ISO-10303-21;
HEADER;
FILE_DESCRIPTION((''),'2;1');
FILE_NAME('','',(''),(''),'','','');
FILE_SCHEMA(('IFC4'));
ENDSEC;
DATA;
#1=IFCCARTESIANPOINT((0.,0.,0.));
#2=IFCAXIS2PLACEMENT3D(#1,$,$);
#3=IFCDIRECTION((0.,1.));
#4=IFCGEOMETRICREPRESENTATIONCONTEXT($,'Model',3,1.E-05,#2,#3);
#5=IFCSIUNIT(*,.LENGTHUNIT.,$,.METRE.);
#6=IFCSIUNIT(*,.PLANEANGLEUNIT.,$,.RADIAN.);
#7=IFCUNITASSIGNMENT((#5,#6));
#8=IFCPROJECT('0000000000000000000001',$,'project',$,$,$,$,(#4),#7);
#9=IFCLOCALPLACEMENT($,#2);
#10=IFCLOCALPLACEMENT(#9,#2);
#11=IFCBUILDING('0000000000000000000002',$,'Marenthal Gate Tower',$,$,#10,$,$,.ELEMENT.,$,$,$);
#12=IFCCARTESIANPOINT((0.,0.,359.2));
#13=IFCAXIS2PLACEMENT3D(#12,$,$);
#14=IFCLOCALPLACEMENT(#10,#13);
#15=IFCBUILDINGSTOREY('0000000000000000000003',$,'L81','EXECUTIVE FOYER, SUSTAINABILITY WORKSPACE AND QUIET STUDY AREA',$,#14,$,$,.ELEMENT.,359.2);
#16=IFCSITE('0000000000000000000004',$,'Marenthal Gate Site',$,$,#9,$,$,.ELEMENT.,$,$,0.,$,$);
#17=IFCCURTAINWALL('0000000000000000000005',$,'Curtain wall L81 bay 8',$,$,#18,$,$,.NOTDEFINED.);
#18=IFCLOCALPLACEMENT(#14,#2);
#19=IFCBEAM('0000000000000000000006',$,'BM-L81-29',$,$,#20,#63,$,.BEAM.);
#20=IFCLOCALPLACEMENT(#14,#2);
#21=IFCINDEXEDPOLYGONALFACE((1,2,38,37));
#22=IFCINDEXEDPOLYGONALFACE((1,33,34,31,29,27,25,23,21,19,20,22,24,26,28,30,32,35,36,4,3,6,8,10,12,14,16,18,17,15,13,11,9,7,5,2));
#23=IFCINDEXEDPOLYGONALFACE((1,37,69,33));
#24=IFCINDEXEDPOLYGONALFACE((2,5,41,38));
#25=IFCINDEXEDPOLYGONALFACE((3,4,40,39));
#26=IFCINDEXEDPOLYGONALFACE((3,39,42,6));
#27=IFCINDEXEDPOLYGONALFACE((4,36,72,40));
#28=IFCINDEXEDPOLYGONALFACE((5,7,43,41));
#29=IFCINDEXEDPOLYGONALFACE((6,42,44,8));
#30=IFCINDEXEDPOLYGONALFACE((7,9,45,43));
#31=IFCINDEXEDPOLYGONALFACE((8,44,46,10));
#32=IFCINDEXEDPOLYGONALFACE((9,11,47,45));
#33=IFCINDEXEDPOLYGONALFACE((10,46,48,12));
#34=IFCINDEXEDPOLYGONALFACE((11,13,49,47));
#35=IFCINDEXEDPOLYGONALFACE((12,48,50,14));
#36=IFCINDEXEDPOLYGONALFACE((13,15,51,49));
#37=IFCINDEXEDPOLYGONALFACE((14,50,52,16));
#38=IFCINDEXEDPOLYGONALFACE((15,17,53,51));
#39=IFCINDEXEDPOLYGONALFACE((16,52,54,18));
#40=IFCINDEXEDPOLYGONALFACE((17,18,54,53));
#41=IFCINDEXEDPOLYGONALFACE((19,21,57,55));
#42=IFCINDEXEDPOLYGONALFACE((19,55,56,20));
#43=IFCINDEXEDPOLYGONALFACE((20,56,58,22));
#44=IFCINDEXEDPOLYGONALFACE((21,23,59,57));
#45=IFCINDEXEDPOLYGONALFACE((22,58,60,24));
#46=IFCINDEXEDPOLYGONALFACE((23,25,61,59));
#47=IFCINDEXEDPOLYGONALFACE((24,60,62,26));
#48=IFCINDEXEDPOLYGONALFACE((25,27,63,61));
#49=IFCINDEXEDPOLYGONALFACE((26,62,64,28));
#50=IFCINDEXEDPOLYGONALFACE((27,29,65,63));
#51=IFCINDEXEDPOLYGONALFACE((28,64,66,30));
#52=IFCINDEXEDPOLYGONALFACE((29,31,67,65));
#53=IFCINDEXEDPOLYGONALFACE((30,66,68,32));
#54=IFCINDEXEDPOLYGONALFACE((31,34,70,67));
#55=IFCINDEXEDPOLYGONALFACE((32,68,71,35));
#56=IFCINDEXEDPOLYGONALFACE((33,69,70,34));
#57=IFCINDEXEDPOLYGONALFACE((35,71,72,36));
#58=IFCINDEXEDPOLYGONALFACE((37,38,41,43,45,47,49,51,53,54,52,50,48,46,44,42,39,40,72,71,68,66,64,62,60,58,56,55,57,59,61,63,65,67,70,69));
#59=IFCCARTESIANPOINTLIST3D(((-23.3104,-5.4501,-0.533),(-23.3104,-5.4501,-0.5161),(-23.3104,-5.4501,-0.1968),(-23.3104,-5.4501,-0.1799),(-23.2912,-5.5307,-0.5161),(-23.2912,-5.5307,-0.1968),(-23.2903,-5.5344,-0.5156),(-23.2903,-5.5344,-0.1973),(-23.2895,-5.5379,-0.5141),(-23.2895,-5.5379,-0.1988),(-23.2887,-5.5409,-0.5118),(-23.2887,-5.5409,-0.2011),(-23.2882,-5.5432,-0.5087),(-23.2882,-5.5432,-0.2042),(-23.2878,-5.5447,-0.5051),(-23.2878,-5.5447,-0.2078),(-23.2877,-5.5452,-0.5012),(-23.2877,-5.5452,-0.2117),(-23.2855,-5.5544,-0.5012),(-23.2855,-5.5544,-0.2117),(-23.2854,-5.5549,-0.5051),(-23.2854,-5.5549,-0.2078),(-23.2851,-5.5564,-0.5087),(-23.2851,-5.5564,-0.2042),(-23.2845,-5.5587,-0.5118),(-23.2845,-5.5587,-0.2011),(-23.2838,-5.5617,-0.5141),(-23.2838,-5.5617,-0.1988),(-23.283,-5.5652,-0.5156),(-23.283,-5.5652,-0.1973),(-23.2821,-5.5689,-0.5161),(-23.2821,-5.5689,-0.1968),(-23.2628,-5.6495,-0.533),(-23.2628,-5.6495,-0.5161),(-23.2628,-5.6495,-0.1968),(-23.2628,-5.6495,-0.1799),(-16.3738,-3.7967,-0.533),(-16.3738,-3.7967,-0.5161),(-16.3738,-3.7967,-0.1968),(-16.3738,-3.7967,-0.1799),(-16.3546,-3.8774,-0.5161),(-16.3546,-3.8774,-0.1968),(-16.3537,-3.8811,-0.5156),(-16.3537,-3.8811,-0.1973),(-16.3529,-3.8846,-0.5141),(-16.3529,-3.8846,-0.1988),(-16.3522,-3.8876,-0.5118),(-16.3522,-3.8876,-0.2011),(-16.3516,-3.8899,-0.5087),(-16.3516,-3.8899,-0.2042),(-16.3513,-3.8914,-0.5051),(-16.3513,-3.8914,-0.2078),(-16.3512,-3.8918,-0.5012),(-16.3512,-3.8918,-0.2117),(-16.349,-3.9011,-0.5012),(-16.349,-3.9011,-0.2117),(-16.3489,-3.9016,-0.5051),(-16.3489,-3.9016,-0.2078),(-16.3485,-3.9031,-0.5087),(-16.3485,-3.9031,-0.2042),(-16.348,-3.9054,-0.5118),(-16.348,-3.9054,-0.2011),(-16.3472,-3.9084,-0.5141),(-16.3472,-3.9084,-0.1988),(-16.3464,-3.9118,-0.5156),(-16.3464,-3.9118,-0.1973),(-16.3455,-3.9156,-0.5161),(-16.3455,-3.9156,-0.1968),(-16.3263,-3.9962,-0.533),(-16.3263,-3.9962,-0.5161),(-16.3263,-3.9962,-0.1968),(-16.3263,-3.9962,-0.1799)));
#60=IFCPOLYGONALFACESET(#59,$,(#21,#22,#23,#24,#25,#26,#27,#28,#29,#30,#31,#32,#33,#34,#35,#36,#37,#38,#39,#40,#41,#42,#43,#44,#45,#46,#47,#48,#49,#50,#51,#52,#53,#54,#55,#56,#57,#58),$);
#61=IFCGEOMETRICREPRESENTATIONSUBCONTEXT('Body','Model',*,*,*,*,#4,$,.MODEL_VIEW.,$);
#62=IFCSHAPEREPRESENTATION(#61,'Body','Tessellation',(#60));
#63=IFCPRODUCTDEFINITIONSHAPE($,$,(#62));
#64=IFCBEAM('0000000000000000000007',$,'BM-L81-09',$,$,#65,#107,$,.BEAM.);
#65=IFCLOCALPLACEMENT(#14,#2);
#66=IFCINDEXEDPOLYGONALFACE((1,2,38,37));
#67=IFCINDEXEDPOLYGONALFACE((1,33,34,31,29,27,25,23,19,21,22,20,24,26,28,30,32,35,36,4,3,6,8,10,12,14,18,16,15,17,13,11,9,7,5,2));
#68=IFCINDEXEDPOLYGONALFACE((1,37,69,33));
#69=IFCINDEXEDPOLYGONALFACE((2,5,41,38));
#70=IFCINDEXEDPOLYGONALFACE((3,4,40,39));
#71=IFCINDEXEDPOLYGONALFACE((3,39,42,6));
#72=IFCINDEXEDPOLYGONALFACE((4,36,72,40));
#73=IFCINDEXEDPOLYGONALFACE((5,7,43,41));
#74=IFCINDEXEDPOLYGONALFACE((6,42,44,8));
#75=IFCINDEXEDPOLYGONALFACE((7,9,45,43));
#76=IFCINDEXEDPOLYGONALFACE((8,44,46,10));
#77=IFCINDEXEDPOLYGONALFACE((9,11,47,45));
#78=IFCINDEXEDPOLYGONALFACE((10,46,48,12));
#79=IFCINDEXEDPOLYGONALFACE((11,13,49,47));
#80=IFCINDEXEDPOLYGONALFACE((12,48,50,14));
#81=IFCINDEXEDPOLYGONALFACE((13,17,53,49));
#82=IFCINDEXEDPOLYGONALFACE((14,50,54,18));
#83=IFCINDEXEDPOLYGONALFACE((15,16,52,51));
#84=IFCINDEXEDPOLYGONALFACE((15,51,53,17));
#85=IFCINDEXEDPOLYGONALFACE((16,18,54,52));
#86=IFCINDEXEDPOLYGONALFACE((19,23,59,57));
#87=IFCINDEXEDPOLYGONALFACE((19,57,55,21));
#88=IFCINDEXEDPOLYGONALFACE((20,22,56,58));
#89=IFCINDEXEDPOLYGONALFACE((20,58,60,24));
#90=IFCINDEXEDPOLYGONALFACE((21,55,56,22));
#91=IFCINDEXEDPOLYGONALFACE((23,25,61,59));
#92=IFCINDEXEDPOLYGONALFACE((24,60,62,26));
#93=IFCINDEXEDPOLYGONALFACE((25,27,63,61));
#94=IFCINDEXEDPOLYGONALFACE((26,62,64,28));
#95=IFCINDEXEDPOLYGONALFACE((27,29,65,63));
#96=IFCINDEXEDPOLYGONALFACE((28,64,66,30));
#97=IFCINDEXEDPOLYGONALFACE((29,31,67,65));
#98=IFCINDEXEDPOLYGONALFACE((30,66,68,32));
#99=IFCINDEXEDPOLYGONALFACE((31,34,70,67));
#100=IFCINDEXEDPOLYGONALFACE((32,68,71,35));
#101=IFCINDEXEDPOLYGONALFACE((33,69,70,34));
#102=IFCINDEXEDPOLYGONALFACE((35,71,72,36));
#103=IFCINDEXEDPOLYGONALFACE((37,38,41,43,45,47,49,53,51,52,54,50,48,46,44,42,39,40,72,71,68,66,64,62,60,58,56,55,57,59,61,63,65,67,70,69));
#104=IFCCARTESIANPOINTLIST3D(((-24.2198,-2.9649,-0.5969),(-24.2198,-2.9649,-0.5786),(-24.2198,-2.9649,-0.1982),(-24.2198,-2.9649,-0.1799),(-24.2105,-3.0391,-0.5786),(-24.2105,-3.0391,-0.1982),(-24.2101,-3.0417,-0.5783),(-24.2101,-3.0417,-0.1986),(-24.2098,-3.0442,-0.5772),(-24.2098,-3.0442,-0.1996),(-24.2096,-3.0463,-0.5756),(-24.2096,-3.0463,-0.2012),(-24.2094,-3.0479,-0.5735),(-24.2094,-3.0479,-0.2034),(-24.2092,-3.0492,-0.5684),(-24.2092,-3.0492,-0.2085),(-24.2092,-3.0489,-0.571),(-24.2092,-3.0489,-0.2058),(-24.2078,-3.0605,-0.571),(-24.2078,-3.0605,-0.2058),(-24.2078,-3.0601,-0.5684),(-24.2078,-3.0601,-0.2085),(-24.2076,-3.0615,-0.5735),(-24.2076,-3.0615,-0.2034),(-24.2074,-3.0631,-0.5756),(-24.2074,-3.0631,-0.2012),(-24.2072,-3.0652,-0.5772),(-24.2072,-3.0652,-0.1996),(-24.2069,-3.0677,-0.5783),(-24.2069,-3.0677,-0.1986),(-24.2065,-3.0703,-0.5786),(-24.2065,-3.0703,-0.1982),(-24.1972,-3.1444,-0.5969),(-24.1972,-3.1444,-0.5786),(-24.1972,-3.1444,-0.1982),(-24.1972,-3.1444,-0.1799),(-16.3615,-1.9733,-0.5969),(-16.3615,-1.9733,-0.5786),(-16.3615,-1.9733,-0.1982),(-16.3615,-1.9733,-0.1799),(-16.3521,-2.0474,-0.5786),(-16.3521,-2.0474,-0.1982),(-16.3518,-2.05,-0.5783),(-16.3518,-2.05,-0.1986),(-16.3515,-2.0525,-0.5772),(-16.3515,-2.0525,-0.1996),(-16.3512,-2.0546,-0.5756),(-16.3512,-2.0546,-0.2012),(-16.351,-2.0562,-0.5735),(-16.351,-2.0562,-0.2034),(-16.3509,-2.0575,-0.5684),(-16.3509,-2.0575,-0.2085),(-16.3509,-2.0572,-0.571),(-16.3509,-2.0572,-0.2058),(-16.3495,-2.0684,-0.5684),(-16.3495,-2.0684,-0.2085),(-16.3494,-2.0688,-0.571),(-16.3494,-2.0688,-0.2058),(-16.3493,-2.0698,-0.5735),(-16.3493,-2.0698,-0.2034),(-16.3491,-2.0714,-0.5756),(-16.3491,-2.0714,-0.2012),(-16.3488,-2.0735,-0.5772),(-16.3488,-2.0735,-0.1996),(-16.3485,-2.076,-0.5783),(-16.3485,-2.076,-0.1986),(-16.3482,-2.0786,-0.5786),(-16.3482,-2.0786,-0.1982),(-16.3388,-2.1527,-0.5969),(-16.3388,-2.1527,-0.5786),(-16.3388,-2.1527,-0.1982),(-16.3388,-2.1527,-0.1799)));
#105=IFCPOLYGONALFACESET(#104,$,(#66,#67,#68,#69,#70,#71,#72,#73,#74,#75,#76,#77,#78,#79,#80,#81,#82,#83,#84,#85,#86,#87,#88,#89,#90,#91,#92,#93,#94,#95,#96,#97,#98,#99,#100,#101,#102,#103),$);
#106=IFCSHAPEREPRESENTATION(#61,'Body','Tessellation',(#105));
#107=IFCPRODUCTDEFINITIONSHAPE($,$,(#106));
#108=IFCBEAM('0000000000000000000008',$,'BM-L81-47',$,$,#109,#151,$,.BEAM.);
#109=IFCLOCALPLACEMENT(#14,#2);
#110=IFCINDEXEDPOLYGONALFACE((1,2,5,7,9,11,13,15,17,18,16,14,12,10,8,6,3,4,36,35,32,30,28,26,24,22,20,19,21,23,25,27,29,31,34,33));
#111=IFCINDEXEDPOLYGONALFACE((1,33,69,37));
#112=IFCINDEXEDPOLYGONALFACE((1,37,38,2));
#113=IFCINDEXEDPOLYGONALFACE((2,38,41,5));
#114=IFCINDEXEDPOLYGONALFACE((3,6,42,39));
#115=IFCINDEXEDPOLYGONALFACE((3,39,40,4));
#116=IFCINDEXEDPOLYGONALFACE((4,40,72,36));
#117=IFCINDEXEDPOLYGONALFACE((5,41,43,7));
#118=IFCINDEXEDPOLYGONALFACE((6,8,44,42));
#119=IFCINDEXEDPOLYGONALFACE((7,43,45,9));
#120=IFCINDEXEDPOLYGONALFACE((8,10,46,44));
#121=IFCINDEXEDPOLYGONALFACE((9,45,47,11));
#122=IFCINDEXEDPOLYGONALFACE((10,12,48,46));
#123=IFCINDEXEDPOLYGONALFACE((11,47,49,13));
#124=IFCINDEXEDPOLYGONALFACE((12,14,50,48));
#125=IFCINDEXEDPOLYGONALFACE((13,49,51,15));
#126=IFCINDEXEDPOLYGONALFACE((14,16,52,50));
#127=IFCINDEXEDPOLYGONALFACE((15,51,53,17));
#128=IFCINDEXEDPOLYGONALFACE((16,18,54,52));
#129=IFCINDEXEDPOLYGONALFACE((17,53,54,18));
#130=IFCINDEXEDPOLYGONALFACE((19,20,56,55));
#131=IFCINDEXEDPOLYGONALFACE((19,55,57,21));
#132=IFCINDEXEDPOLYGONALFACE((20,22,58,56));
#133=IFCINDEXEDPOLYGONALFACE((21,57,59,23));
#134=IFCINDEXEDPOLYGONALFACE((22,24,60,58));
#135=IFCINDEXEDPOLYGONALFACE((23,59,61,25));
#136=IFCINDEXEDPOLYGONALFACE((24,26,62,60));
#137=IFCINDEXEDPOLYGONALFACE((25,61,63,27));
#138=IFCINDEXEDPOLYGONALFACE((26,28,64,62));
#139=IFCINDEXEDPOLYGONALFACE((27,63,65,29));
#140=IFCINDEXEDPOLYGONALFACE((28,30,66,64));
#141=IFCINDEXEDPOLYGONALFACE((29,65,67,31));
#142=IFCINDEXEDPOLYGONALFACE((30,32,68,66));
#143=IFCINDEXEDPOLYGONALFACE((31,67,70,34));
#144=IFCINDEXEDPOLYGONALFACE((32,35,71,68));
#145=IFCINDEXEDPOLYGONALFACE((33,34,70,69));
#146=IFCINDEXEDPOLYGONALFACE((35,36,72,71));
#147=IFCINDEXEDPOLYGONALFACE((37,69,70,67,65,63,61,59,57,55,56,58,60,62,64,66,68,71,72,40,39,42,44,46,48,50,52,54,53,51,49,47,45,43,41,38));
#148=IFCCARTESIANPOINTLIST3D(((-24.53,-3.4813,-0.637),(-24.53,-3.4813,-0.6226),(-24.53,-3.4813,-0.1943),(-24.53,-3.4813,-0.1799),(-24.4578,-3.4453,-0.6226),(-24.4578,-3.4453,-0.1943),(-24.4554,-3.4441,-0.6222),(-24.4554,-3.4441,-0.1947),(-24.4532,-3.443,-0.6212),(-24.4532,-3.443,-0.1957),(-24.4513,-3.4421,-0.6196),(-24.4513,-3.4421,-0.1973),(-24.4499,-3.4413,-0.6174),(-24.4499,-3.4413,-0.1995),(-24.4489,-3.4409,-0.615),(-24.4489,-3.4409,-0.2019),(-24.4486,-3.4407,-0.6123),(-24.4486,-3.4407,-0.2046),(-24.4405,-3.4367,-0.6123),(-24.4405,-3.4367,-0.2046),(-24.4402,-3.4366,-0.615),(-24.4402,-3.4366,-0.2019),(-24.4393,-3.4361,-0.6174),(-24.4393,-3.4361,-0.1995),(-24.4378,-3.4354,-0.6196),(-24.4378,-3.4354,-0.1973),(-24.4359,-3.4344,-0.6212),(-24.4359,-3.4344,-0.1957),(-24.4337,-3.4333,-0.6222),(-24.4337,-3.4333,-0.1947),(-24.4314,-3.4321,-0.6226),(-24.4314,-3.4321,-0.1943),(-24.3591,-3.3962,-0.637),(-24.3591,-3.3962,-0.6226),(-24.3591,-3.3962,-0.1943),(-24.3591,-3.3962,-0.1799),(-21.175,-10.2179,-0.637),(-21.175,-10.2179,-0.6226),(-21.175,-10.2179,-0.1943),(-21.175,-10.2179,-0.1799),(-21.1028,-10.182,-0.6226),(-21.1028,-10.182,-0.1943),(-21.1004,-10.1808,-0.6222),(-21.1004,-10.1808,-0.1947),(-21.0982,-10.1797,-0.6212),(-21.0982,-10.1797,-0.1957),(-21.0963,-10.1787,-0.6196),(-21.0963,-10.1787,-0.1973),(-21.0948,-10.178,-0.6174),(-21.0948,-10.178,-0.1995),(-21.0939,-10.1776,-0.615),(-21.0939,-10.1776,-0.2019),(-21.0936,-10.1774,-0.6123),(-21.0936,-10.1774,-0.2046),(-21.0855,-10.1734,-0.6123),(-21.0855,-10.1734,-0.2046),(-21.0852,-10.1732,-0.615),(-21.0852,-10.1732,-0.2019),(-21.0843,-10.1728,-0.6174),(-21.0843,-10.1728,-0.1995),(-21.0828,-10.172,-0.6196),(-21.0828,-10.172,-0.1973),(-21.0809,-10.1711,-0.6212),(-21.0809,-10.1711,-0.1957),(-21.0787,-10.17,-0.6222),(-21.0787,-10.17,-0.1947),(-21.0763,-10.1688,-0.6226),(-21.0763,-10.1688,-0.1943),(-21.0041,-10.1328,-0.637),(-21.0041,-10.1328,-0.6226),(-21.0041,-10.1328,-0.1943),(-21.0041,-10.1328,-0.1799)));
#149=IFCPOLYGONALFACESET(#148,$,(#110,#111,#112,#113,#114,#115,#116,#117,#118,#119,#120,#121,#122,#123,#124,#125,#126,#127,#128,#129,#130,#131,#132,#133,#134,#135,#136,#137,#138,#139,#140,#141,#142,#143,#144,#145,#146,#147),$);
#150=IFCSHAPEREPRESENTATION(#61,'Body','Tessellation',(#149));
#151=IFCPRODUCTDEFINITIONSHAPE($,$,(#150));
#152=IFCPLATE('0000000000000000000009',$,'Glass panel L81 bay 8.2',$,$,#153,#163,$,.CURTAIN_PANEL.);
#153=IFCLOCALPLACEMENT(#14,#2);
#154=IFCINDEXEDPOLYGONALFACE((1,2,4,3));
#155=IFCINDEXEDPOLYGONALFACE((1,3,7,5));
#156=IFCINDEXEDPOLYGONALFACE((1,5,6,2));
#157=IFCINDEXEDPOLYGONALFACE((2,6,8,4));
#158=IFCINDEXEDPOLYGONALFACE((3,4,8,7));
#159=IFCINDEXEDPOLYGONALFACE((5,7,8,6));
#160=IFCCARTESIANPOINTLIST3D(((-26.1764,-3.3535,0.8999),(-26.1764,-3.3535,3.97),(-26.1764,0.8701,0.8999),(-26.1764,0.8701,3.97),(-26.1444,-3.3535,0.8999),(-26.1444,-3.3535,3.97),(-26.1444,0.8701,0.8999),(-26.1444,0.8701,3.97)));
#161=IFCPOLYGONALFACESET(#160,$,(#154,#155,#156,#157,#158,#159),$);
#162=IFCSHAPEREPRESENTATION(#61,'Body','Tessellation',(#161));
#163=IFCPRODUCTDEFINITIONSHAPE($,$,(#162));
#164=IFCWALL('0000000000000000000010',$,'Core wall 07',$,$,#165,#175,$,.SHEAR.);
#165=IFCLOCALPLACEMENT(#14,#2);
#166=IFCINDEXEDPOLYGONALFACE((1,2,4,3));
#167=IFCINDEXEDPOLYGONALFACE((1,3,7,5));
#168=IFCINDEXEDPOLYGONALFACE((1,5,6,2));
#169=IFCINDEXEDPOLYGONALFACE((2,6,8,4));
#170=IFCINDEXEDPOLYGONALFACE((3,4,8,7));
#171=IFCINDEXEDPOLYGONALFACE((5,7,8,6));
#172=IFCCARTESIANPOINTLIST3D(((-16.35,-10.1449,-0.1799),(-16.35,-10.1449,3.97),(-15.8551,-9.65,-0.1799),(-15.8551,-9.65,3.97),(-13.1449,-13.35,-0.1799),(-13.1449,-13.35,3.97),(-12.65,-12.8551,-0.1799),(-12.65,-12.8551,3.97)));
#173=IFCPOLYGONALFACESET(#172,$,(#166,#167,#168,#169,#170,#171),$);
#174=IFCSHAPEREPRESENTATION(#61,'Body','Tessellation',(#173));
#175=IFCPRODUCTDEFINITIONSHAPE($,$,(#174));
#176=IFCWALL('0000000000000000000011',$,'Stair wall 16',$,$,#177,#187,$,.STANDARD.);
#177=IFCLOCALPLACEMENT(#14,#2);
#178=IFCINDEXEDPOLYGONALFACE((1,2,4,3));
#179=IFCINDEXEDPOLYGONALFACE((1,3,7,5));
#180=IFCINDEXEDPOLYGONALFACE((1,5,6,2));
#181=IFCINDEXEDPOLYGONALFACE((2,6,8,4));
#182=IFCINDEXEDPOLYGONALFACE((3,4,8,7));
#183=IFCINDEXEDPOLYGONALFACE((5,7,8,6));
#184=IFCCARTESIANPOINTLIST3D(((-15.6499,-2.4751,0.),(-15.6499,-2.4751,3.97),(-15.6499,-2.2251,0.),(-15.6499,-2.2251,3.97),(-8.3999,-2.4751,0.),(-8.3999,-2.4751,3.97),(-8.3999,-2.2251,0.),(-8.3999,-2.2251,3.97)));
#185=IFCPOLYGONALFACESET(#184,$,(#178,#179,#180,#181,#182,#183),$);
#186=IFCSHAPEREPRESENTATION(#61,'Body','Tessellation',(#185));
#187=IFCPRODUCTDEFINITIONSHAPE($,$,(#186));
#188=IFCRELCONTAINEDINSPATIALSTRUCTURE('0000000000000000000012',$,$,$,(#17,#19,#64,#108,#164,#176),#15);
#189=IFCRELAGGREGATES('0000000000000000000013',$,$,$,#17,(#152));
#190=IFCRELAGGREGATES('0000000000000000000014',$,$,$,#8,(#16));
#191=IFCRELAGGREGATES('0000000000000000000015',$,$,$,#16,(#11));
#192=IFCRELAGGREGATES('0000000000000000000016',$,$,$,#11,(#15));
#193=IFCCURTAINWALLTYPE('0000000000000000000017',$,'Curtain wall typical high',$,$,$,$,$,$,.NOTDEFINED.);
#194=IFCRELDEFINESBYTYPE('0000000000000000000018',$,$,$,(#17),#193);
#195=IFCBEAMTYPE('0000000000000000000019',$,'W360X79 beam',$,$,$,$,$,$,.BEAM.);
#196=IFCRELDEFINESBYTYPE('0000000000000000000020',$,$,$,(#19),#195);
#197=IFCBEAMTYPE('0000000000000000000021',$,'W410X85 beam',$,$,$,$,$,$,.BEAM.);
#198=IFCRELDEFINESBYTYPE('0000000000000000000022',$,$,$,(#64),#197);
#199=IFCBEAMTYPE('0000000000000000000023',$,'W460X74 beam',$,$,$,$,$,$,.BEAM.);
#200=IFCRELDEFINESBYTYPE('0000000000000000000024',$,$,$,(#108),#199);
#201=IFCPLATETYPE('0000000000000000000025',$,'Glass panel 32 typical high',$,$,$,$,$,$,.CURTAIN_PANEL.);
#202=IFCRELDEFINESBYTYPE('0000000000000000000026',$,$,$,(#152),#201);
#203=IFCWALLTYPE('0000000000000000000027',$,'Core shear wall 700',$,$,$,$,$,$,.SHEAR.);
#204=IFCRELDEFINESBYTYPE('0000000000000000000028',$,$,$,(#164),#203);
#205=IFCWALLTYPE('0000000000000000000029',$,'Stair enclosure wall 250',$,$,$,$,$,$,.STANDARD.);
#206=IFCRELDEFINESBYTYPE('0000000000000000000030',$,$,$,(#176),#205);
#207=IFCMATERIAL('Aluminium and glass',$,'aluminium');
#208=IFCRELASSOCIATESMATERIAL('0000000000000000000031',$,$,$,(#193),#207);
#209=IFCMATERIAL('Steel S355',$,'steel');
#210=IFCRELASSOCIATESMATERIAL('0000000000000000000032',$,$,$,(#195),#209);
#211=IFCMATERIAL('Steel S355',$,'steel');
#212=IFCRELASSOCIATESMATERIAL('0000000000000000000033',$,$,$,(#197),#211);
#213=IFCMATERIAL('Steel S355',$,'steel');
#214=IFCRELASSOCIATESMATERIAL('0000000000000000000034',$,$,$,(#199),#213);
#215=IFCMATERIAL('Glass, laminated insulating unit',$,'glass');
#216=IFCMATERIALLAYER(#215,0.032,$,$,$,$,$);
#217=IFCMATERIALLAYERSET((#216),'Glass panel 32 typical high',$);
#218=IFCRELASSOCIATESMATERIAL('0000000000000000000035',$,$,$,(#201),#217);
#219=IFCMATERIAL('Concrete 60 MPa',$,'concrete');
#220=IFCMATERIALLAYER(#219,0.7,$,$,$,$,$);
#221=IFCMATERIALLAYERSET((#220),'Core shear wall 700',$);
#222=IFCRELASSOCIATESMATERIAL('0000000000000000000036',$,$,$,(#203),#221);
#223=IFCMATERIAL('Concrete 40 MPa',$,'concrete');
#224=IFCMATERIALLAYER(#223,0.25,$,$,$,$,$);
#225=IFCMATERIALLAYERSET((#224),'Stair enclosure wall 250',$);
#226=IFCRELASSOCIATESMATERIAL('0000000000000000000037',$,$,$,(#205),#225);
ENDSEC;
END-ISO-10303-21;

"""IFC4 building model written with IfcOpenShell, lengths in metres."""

from ifc_helpers import new_model, si_unit, direction, frame, frame_2d, origin, origin_2d, place, context, subcontext, project, spatial, rectangle, i_section, extrude, material, layer, layer_set, material_profile, profile_set, type_object, element, aggregate, save


model = new_model("IFC4")

# Units and contexts
model_context = context("Model", 3, precision=1e-05, world=origin(), true_north=direction((0.0, 1.0)))
body_context = subcontext(model_context, "Body", "Model", "MODEL_VIEW")
ifc_project = project(units=[si_unit("LENGTHUNIT", "METRE"), si_unit("PLANEANGLEUNIT", "RADIAN")], contexts=[model_context])

# Site, building, storey
site_placement = place(None, origin())
site = spatial("IfcSite", under=ifc_project, at=site_placement, Name="Marenthal Gate Site", CompositionType="ELEMENT", RefElevation=0.0)
building_placement = place(site_placement, origin())
building = spatial("IfcBuilding", under=site, at=building_placement, Name="Marenthal Gate Tower", CompositionType="ELEMENT")
storey_placement = place(building_placement, frame((0.0, 0.0, 359.2)))
storey = spatial("IfcBuildingStorey", under=building, at=storey_placement, Name="L81", Description="EXECUTIVE FOYER, SUSTAINABILITY WORKSPACE AND QUIET STUDY AREA", CompositionType="ELEMENT", Elevation=359.2)

# Curtain wall
ifc_material_1 = material(Name="Aluminium and glass", Category="aluminium")
curtain_wall_type = type_object("IfcCurtainWallType", Name="Curtain wall typical high", PredefinedType="NOTDEFINED", material=ifc_material_1)
curtain_wall_placement = place(storey_placement, origin())
curtain_wall = element("IfcCurtainWall", 1, at=curtain_wall_placement, inside=storey, type_object=curtain_wall_type, Name="Curtain wall L81 bay 8", PredefinedType="NOTDEFINED")

# Beams
ifc_material_2 = material(Name="Steel S355", Category="steel")
ifc_material_profile_1 = material_profile(ifc_material_2, i_section(OverallWidth=0.2051, OverallDepth=0.353, WebThickness=0.0095, FlangeThickness=0.0168, FilletRadius=0.0149, at=origin_2d()), Name="W360X79")
ifc_profile_set_1 = profile_set([ifc_material_profile_1], Name="Steel S355")
beam_type_1 = type_object("IfcBeamType", Name="W360X79 beam", PredefinedType="BEAM", material=ifc_profile_set_1)
beam_1_placement = place(storey_placement, frame((-23.2866, -5.5498, -0.3564), z_axis=(0.97275, 0.231855, 0.0), x_axis=(-0.231855, 0.97275, 0.0)))
element("IfcBeam", 2, at=beam_1_placement, inside=storey, type_object=beam_type_1, Name="BM-L81-29", PredefinedType="BEAM", context=body_context, shape_type="SweptSolid", body=[
    extrude(i_section(OverallWidth=0.2051, OverallDepth=0.353, WebThickness=0.0095, FlangeThickness=0.0168, FilletRadius=0.0149, at=origin_2d()), origin(), (0.0, 0.0, 1.0), 7.1309),
])
ifc_material_3 = material(Name="Steel S355", Category="steel")
ifc_material_profile_2 = material_profile(ifc_material_3, i_section(OverallWidth=0.1809, OverallDepth=0.417, WebThickness=0.011, FlangeThickness=0.0183, FilletRadius=0.0103, at=origin_2d()), Name="W410X85")
ifc_profile_set_2 = profile_set([ifc_material_profile_2], Name="Steel S355")
beam_type_2 = type_object("IfcBeamType", Name="W410X85 beam", PredefinedType="BEAM", material=ifc_profile_set_2)
beam_2_placement = place(storey_placement, frame((-24.2085, -3.0547, -0.3884), z_axis=(0.992131, 0.125203, 0.0), x_axis=(-0.125203, 0.992131, 0.0)))
element("IfcBeam", 3, at=beam_2_placement, inside=storey, type_object=beam_type_2, Name="BM-L81-09", PredefinedType="BEAM", context=body_context, shape_type="SweptSolid", body=[
    extrude(i_section(OverallWidth=0.1809, OverallDepth=0.417, WebThickness=0.011, FlangeThickness=0.0183, FilletRadius=0.0103, at=origin_2d()), origin(), (0.0, 0.0, 1.0), 7.9207),
])
ifc_material_4 = material(Name="Steel S355", Category="steel")
ifc_material_profile_3 = material_profile(ifc_material_4, i_section(OverallWidth=0.1909, OverallDepth=0.457, WebThickness=0.009, FlangeThickness=0.0144, FilletRadius=0.0103, at=origin_2d()), Name="W460X74")
ifc_profile_set_3 = profile_set([ifc_material_profile_3], Name="Steel S355")
beam_type_3 = type_object("IfcBeamType", Name="W460X74 beam", PredefinedType="BEAM", material=ifc_profile_set_3)
beam_3_placement = place(storey_placement, frame((-24.4446, -3.4387, -0.4084), z_axis=(0.445799, -0.895133, 0.0), x_axis=(0.895133, 0.445799, 0.0)))
element("IfcBeam", 4, at=beam_3_placement, inside=storey, type_object=beam_type_3, Name="BM-L81-47", PredefinedType="BEAM", context=body_context, shape_type="SweptSolid", body=[
    extrude(i_section(OverallWidth=0.1909, OverallDepth=0.457, WebThickness=0.009, FlangeThickness=0.0144, FilletRadius=0.0103, at=origin_2d()), origin(), (0.0, 0.0, 1.0), 7.5259),
])

# Plate
ifc_material_5 = material(Name="Glass, laminated insulating unit", Category="glass")
ifc_layer_1 = layer(ifc_material_5, 0.032)
ifc_layer_set_1 = layer_set([ifc_layer_1], Name="Glass panel 32 typical high")
plate_type = type_object("IfcPlateType", Name="Glass panel 32 typical high", PredefinedType="CURTAIN_PANEL", material=ifc_layer_set_1)
plate_placement = place(storey_placement, frame((-26.1604, -1.2417, 0.8999), z_axis=(0.0, 0.0, 1.0), x_axis=(0.0, -1.0, 0.0)))
plate = element("IfcPlate", 5, at=plate_placement, type_object=plate_type, Name="Glass panel L81 bay 8.2", PredefinedType="CURTAIN_PANEL", context=body_context, shape_type="SweptSolid", body=[
    extrude(rectangle(XDim=4.2236, YDim=0.032, at=origin_2d()), origin(), (0.0, 0.0, 1.0), 3.0701),
])
aggregate(curtain_wall, [plate])

# Walls
ifc_material_6 = material(Name="Concrete 60 MPa", Category="concrete")
ifc_layer_2 = layer(ifc_material_6, 0.7)
ifc_layer_set_2 = layer_set([ifc_layer_2], Name="Core shear wall 700")
wall_type_1 = type_object("IfcWallType", Name="Core shear wall 700", PredefinedType="SHEAR", material=ifc_layer_set_2)
wall_1_placement = place(storey_placement, frame((-16.1025, -9.8975, -0.1799), z_axis=(0.0, 0.0, 1.0), x_axis=(0.707107, -0.707107, 0.0)))
element("IfcWall", 6, at=wall_1_placement, inside=storey, type_object=wall_type_1, Name="Core wall 07", PredefinedType="SHEAR", context=body_context, shape_type="SweptSolid", body=[
    extrude(rectangle(XDim=4.5327, YDim=0.7, at=frame_2d((2.2664, 0.0))), origin(), (0.0, 0.0, 1.0), 4.1499),
])
ifc_material_7 = material(Name="Concrete 40 MPa", Category="concrete")
ifc_layer_3 = layer(ifc_material_7, 0.25)
ifc_layer_set_3 = layer_set([ifc_layer_3], Name="Stair enclosure wall 250")
wall_type_2 = type_object("IfcWallType", Name="Stair enclosure wall 250", PredefinedType="STANDARD", material=ifc_layer_set_3)
wall_2_placement = place(storey_placement, frame((-15.6499, -2.3501, 0.0), z_axis=(0.0, 0.0, 1.0), x_axis=(1.0, 0.0, 0.0)))
element("IfcWall", 7, at=wall_2_placement, inside=storey, type_object=wall_type_2, Name="Stair wall 16", PredefinedType="STANDARD", context=body_context, shape_type="SweptSolid", body=[
    extrude(rectangle(XDim=7.25, YDim=0.25, at=frame_2d((3.625, 0.0))), origin(), (0.0, 0.0, 1.0), 3.97),
])

save(model, "model.ifc")
